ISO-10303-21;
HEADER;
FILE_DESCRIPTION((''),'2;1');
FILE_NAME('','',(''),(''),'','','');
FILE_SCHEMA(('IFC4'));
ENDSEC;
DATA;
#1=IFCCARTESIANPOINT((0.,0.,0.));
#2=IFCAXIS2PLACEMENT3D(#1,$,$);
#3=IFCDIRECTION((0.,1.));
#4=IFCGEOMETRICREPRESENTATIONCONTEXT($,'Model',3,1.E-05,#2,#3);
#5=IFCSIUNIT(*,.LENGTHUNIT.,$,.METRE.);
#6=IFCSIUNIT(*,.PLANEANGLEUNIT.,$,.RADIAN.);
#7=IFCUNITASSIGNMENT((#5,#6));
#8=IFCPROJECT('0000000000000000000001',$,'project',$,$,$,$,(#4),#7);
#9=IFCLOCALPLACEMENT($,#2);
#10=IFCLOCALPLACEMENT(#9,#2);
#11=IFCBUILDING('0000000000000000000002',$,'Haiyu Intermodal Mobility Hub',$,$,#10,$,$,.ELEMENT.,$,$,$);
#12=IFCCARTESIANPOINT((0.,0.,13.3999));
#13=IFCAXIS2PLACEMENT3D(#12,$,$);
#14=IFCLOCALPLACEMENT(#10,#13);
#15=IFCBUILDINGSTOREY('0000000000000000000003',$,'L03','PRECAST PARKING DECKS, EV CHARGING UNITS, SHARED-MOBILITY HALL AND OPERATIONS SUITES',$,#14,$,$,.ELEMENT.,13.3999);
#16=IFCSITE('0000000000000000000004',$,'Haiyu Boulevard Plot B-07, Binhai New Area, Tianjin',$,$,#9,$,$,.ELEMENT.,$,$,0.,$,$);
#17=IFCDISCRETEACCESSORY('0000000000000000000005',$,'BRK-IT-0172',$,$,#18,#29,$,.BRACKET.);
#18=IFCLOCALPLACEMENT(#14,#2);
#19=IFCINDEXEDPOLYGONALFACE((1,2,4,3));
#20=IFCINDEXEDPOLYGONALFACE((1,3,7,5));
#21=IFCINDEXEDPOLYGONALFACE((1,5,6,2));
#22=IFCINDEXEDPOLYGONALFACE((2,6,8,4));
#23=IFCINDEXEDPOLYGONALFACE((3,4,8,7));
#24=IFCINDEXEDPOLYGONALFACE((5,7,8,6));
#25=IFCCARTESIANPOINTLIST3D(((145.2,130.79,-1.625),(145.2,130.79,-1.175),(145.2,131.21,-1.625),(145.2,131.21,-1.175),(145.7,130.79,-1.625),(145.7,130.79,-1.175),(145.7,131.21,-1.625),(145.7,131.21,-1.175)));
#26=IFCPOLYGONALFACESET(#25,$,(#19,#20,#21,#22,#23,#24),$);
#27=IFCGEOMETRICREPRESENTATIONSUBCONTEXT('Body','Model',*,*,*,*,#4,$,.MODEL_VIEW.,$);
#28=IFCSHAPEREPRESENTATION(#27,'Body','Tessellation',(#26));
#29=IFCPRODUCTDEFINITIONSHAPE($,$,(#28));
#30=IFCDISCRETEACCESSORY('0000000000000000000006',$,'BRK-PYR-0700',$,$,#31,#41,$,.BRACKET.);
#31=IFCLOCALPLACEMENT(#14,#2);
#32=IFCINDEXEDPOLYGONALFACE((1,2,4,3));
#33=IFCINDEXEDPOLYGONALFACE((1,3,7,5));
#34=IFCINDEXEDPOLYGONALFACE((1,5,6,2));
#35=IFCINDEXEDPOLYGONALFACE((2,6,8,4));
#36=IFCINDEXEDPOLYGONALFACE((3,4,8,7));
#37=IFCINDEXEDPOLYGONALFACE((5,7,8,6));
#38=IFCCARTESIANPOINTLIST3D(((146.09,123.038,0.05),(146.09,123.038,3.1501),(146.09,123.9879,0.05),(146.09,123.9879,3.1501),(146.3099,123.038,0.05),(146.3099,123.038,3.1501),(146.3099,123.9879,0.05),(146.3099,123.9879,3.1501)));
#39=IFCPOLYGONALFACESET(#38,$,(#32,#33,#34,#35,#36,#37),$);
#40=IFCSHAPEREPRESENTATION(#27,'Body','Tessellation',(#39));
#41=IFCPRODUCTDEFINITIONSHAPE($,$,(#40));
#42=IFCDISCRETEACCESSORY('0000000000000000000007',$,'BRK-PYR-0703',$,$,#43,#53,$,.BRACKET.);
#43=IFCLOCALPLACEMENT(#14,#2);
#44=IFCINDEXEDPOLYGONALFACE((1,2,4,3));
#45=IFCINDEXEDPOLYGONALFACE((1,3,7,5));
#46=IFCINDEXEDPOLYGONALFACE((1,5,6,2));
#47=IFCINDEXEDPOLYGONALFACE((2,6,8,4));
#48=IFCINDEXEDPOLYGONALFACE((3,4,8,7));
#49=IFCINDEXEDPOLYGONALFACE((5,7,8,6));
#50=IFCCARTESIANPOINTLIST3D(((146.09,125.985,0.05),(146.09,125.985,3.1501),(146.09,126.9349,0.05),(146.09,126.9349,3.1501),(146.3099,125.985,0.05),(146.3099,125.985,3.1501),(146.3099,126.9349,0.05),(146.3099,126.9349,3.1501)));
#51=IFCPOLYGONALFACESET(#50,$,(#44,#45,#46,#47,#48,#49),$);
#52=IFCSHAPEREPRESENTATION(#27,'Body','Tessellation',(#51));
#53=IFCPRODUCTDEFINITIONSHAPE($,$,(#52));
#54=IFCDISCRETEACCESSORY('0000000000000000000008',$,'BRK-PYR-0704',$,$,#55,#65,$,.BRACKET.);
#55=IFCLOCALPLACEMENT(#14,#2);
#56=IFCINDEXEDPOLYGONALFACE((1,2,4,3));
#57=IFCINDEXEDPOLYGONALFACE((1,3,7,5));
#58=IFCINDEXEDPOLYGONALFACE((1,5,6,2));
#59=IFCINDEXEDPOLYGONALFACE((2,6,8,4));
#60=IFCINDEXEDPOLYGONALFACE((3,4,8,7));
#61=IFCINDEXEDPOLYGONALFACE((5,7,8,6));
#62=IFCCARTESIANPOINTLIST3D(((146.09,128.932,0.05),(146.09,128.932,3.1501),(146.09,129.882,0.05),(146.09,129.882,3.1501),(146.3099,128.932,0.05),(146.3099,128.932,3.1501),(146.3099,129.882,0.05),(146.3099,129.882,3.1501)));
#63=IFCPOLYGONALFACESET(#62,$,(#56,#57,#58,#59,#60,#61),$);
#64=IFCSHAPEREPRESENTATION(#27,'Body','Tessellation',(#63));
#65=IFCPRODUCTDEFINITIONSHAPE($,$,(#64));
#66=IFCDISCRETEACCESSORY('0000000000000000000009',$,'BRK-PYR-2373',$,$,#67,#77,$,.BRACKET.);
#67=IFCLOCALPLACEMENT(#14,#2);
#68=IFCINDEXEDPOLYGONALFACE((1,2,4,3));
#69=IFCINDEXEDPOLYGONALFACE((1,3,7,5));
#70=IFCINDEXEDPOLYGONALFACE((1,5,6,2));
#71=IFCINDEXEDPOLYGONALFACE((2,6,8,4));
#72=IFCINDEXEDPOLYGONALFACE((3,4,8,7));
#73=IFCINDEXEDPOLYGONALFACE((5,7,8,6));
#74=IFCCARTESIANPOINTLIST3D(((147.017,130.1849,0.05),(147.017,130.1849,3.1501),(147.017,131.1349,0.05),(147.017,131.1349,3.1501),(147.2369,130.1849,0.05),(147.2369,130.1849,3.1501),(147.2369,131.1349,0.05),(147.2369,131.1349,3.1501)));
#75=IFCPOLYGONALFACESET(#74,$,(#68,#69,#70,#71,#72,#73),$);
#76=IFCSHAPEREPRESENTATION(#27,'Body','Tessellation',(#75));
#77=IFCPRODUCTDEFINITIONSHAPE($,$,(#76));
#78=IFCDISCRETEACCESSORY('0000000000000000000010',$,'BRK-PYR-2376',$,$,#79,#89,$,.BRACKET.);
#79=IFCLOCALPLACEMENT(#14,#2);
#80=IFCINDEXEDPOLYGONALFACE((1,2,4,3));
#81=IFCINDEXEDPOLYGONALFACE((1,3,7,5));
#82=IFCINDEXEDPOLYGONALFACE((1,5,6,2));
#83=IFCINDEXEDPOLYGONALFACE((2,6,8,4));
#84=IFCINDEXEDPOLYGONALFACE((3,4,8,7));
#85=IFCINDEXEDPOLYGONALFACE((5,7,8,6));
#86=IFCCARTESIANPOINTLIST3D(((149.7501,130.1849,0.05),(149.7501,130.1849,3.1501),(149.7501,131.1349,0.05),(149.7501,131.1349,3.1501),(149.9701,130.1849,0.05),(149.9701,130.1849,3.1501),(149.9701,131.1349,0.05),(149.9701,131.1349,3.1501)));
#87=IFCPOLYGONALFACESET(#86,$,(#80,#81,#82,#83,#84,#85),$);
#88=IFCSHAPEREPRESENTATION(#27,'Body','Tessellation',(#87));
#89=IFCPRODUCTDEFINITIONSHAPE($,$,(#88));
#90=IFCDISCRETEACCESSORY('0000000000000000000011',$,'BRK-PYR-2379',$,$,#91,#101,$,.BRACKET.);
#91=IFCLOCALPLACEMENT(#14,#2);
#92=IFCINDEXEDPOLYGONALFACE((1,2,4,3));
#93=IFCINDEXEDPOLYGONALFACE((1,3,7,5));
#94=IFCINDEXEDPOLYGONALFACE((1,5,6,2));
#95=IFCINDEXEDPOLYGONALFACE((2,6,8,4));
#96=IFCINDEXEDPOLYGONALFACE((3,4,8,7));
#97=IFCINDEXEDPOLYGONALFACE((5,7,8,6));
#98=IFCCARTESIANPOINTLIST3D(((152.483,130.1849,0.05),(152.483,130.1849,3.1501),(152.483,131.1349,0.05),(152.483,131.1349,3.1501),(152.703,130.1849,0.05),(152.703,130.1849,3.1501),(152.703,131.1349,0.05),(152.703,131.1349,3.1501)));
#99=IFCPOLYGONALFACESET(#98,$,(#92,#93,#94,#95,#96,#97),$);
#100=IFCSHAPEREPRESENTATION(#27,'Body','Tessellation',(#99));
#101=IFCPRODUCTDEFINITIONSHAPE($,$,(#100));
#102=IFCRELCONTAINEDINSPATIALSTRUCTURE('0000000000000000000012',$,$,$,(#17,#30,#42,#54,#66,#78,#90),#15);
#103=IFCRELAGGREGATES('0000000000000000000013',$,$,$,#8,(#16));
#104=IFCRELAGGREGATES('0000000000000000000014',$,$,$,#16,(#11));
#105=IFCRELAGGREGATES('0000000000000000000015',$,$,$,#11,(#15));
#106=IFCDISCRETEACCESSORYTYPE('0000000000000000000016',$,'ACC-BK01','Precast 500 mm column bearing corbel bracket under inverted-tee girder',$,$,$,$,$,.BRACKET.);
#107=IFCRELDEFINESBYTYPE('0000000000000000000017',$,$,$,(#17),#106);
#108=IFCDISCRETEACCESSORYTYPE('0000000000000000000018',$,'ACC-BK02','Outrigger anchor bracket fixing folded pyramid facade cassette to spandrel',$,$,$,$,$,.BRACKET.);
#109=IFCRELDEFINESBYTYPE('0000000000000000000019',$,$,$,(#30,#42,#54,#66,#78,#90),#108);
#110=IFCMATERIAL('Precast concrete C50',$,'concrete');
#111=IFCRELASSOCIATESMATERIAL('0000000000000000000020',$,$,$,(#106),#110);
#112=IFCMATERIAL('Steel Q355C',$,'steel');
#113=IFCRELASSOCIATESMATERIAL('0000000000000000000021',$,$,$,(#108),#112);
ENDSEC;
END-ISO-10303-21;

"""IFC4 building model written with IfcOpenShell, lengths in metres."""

from ifc_helpers import new_model, si_unit, direction, frame, origin, origin_2d, place, context, subcontext, project, spatial, rectangle, extrude, material, type_object, element, save


model = new_model("IFC4")

# Units and contexts
model_context = context("Model", 3, precision=1e-05, world=origin(), true_north=direction((0.0, 1.0)))
body_context = subcontext(model_context, "Body", "Model", "MODEL_VIEW")
ifc_project = project(units=[si_unit("LENGTHUNIT", "METRE"), si_unit("PLANEANGLEUNIT", "RADIAN")], contexts=[model_context])

# Site, building, storey
site_placement = place(None, origin())
site = spatial("IfcSite", under=ifc_project, at=site_placement, Name="Haiyu Boulevard Plot B-07, Binhai New Area, Tianjin", CompositionType="ELEMENT", RefElevation=0.0)
building_placement = place(site_placement, origin())
building = spatial("IfcBuilding", under=site, at=building_placement, Name="Haiyu Intermodal Mobility Hub", CompositionType="ELEMENT")
storey_placement = place(building_placement, frame((0.0, 0.0, 13.3999)))
storey = spatial("IfcBuildingStorey", under=building, at=storey_placement, Name="L03", Description="PRECAST PARKING DECKS, EV CHARGING UNITS, SHARED-MOBILITY HALL AND OPERATIONS SUITES", CompositionType="ELEMENT", Elevation=13.3999)

# Shared definitions
ifc_material_1 = material(Name="Precast concrete C50", Category="concrete")

# Shared definitions
ifc_material_2 = material(Name="Steel Q355C", Category="steel")

# Discrete accessories
discrete_accessory_type_1 = type_object("IfcDiscreteAccessoryType", Name="ACC-BK01", Description="Precast 500 mm column bearing corbel bracket under inverted-tee girder", PredefinedType="BRACKET", material=ifc_material_1)
for number, where, z_axis, x_axis, name in (
    (1, (145.45, 131.0, -1.625), (0.0, 0.0, 1.0), (1.0, 0.0, 0.0), "BRK-IT-0172"),
):
    element("IfcDiscreteAccessory", number, at=place(storey_placement, frame(where, z_axis=z_axis, x_axis=x_axis)), inside=storey, type_object=discrete_accessory_type_1, Name=name, PredefinedType="BRACKET", context=body_context, shape_type="SweptSolid", body=[
        extrude(rectangle(XDim=0.5, YDim=0.4199, at=origin_2d()), origin(), (0.0, 0.0, 1.0), 0.45),
    ])
discrete_accessory_type_2 = type_object("IfcDiscreteAccessoryType", Name="ACC-BK02", Description="Outrigger anchor bracket fixing folded pyramid facade cassette to spandrel", PredefinedType="BRACKET", material=ifc_material_2)
for number, where, z_axis, x_axis, name in (
    (2, (146.2, 123.5129, 0.05), (0.0, 0.0, 1.0), (1.0, 0.0, 0.0), "BRK-PYR-0700"),
    (3, (146.2, 126.46, 0.05), (0.0, 0.0, 1.0), (1.0, 0.0, 0.0), "BRK-PYR-0703"),
    (4, (146.2, 129.407, 0.05), (0.0, 0.0, 1.0), (1.0, 0.0, 0.0), "BRK-PYR-0704"),
    (5, (147.127, 130.6599, 0.05), (0.0, 0.0, 1.0), (1.0, 0.0, 0.0), "BRK-PYR-2373"),
    (6, (149.8601, 130.6599, 0.05), (0.0, 0.0, 1.0), (1.0, 0.0, 0.0), "BRK-PYR-2376"),
    (7, (152.593, 130.6599, 0.05), (0.0, 0.0, 1.0), (1.0, 0.0, 0.0), "BRK-PYR-2379"),
):
    element("IfcDiscreteAccessory", number, at=place(storey_placement, frame(where, z_axis=z_axis, x_axis=x_axis)), inside=storey, type_object=discrete_accessory_type_2, Name=name, PredefinedType="BRACKET", context=body_context, shape_type="SweptSolid", body=[
        extrude(rectangle(XDim=0.22, YDim=0.95, at=origin_2d()), origin(), (0.0, 0.0, 1.0), 3.1001),
    ])

save(model, "model.ifc")
